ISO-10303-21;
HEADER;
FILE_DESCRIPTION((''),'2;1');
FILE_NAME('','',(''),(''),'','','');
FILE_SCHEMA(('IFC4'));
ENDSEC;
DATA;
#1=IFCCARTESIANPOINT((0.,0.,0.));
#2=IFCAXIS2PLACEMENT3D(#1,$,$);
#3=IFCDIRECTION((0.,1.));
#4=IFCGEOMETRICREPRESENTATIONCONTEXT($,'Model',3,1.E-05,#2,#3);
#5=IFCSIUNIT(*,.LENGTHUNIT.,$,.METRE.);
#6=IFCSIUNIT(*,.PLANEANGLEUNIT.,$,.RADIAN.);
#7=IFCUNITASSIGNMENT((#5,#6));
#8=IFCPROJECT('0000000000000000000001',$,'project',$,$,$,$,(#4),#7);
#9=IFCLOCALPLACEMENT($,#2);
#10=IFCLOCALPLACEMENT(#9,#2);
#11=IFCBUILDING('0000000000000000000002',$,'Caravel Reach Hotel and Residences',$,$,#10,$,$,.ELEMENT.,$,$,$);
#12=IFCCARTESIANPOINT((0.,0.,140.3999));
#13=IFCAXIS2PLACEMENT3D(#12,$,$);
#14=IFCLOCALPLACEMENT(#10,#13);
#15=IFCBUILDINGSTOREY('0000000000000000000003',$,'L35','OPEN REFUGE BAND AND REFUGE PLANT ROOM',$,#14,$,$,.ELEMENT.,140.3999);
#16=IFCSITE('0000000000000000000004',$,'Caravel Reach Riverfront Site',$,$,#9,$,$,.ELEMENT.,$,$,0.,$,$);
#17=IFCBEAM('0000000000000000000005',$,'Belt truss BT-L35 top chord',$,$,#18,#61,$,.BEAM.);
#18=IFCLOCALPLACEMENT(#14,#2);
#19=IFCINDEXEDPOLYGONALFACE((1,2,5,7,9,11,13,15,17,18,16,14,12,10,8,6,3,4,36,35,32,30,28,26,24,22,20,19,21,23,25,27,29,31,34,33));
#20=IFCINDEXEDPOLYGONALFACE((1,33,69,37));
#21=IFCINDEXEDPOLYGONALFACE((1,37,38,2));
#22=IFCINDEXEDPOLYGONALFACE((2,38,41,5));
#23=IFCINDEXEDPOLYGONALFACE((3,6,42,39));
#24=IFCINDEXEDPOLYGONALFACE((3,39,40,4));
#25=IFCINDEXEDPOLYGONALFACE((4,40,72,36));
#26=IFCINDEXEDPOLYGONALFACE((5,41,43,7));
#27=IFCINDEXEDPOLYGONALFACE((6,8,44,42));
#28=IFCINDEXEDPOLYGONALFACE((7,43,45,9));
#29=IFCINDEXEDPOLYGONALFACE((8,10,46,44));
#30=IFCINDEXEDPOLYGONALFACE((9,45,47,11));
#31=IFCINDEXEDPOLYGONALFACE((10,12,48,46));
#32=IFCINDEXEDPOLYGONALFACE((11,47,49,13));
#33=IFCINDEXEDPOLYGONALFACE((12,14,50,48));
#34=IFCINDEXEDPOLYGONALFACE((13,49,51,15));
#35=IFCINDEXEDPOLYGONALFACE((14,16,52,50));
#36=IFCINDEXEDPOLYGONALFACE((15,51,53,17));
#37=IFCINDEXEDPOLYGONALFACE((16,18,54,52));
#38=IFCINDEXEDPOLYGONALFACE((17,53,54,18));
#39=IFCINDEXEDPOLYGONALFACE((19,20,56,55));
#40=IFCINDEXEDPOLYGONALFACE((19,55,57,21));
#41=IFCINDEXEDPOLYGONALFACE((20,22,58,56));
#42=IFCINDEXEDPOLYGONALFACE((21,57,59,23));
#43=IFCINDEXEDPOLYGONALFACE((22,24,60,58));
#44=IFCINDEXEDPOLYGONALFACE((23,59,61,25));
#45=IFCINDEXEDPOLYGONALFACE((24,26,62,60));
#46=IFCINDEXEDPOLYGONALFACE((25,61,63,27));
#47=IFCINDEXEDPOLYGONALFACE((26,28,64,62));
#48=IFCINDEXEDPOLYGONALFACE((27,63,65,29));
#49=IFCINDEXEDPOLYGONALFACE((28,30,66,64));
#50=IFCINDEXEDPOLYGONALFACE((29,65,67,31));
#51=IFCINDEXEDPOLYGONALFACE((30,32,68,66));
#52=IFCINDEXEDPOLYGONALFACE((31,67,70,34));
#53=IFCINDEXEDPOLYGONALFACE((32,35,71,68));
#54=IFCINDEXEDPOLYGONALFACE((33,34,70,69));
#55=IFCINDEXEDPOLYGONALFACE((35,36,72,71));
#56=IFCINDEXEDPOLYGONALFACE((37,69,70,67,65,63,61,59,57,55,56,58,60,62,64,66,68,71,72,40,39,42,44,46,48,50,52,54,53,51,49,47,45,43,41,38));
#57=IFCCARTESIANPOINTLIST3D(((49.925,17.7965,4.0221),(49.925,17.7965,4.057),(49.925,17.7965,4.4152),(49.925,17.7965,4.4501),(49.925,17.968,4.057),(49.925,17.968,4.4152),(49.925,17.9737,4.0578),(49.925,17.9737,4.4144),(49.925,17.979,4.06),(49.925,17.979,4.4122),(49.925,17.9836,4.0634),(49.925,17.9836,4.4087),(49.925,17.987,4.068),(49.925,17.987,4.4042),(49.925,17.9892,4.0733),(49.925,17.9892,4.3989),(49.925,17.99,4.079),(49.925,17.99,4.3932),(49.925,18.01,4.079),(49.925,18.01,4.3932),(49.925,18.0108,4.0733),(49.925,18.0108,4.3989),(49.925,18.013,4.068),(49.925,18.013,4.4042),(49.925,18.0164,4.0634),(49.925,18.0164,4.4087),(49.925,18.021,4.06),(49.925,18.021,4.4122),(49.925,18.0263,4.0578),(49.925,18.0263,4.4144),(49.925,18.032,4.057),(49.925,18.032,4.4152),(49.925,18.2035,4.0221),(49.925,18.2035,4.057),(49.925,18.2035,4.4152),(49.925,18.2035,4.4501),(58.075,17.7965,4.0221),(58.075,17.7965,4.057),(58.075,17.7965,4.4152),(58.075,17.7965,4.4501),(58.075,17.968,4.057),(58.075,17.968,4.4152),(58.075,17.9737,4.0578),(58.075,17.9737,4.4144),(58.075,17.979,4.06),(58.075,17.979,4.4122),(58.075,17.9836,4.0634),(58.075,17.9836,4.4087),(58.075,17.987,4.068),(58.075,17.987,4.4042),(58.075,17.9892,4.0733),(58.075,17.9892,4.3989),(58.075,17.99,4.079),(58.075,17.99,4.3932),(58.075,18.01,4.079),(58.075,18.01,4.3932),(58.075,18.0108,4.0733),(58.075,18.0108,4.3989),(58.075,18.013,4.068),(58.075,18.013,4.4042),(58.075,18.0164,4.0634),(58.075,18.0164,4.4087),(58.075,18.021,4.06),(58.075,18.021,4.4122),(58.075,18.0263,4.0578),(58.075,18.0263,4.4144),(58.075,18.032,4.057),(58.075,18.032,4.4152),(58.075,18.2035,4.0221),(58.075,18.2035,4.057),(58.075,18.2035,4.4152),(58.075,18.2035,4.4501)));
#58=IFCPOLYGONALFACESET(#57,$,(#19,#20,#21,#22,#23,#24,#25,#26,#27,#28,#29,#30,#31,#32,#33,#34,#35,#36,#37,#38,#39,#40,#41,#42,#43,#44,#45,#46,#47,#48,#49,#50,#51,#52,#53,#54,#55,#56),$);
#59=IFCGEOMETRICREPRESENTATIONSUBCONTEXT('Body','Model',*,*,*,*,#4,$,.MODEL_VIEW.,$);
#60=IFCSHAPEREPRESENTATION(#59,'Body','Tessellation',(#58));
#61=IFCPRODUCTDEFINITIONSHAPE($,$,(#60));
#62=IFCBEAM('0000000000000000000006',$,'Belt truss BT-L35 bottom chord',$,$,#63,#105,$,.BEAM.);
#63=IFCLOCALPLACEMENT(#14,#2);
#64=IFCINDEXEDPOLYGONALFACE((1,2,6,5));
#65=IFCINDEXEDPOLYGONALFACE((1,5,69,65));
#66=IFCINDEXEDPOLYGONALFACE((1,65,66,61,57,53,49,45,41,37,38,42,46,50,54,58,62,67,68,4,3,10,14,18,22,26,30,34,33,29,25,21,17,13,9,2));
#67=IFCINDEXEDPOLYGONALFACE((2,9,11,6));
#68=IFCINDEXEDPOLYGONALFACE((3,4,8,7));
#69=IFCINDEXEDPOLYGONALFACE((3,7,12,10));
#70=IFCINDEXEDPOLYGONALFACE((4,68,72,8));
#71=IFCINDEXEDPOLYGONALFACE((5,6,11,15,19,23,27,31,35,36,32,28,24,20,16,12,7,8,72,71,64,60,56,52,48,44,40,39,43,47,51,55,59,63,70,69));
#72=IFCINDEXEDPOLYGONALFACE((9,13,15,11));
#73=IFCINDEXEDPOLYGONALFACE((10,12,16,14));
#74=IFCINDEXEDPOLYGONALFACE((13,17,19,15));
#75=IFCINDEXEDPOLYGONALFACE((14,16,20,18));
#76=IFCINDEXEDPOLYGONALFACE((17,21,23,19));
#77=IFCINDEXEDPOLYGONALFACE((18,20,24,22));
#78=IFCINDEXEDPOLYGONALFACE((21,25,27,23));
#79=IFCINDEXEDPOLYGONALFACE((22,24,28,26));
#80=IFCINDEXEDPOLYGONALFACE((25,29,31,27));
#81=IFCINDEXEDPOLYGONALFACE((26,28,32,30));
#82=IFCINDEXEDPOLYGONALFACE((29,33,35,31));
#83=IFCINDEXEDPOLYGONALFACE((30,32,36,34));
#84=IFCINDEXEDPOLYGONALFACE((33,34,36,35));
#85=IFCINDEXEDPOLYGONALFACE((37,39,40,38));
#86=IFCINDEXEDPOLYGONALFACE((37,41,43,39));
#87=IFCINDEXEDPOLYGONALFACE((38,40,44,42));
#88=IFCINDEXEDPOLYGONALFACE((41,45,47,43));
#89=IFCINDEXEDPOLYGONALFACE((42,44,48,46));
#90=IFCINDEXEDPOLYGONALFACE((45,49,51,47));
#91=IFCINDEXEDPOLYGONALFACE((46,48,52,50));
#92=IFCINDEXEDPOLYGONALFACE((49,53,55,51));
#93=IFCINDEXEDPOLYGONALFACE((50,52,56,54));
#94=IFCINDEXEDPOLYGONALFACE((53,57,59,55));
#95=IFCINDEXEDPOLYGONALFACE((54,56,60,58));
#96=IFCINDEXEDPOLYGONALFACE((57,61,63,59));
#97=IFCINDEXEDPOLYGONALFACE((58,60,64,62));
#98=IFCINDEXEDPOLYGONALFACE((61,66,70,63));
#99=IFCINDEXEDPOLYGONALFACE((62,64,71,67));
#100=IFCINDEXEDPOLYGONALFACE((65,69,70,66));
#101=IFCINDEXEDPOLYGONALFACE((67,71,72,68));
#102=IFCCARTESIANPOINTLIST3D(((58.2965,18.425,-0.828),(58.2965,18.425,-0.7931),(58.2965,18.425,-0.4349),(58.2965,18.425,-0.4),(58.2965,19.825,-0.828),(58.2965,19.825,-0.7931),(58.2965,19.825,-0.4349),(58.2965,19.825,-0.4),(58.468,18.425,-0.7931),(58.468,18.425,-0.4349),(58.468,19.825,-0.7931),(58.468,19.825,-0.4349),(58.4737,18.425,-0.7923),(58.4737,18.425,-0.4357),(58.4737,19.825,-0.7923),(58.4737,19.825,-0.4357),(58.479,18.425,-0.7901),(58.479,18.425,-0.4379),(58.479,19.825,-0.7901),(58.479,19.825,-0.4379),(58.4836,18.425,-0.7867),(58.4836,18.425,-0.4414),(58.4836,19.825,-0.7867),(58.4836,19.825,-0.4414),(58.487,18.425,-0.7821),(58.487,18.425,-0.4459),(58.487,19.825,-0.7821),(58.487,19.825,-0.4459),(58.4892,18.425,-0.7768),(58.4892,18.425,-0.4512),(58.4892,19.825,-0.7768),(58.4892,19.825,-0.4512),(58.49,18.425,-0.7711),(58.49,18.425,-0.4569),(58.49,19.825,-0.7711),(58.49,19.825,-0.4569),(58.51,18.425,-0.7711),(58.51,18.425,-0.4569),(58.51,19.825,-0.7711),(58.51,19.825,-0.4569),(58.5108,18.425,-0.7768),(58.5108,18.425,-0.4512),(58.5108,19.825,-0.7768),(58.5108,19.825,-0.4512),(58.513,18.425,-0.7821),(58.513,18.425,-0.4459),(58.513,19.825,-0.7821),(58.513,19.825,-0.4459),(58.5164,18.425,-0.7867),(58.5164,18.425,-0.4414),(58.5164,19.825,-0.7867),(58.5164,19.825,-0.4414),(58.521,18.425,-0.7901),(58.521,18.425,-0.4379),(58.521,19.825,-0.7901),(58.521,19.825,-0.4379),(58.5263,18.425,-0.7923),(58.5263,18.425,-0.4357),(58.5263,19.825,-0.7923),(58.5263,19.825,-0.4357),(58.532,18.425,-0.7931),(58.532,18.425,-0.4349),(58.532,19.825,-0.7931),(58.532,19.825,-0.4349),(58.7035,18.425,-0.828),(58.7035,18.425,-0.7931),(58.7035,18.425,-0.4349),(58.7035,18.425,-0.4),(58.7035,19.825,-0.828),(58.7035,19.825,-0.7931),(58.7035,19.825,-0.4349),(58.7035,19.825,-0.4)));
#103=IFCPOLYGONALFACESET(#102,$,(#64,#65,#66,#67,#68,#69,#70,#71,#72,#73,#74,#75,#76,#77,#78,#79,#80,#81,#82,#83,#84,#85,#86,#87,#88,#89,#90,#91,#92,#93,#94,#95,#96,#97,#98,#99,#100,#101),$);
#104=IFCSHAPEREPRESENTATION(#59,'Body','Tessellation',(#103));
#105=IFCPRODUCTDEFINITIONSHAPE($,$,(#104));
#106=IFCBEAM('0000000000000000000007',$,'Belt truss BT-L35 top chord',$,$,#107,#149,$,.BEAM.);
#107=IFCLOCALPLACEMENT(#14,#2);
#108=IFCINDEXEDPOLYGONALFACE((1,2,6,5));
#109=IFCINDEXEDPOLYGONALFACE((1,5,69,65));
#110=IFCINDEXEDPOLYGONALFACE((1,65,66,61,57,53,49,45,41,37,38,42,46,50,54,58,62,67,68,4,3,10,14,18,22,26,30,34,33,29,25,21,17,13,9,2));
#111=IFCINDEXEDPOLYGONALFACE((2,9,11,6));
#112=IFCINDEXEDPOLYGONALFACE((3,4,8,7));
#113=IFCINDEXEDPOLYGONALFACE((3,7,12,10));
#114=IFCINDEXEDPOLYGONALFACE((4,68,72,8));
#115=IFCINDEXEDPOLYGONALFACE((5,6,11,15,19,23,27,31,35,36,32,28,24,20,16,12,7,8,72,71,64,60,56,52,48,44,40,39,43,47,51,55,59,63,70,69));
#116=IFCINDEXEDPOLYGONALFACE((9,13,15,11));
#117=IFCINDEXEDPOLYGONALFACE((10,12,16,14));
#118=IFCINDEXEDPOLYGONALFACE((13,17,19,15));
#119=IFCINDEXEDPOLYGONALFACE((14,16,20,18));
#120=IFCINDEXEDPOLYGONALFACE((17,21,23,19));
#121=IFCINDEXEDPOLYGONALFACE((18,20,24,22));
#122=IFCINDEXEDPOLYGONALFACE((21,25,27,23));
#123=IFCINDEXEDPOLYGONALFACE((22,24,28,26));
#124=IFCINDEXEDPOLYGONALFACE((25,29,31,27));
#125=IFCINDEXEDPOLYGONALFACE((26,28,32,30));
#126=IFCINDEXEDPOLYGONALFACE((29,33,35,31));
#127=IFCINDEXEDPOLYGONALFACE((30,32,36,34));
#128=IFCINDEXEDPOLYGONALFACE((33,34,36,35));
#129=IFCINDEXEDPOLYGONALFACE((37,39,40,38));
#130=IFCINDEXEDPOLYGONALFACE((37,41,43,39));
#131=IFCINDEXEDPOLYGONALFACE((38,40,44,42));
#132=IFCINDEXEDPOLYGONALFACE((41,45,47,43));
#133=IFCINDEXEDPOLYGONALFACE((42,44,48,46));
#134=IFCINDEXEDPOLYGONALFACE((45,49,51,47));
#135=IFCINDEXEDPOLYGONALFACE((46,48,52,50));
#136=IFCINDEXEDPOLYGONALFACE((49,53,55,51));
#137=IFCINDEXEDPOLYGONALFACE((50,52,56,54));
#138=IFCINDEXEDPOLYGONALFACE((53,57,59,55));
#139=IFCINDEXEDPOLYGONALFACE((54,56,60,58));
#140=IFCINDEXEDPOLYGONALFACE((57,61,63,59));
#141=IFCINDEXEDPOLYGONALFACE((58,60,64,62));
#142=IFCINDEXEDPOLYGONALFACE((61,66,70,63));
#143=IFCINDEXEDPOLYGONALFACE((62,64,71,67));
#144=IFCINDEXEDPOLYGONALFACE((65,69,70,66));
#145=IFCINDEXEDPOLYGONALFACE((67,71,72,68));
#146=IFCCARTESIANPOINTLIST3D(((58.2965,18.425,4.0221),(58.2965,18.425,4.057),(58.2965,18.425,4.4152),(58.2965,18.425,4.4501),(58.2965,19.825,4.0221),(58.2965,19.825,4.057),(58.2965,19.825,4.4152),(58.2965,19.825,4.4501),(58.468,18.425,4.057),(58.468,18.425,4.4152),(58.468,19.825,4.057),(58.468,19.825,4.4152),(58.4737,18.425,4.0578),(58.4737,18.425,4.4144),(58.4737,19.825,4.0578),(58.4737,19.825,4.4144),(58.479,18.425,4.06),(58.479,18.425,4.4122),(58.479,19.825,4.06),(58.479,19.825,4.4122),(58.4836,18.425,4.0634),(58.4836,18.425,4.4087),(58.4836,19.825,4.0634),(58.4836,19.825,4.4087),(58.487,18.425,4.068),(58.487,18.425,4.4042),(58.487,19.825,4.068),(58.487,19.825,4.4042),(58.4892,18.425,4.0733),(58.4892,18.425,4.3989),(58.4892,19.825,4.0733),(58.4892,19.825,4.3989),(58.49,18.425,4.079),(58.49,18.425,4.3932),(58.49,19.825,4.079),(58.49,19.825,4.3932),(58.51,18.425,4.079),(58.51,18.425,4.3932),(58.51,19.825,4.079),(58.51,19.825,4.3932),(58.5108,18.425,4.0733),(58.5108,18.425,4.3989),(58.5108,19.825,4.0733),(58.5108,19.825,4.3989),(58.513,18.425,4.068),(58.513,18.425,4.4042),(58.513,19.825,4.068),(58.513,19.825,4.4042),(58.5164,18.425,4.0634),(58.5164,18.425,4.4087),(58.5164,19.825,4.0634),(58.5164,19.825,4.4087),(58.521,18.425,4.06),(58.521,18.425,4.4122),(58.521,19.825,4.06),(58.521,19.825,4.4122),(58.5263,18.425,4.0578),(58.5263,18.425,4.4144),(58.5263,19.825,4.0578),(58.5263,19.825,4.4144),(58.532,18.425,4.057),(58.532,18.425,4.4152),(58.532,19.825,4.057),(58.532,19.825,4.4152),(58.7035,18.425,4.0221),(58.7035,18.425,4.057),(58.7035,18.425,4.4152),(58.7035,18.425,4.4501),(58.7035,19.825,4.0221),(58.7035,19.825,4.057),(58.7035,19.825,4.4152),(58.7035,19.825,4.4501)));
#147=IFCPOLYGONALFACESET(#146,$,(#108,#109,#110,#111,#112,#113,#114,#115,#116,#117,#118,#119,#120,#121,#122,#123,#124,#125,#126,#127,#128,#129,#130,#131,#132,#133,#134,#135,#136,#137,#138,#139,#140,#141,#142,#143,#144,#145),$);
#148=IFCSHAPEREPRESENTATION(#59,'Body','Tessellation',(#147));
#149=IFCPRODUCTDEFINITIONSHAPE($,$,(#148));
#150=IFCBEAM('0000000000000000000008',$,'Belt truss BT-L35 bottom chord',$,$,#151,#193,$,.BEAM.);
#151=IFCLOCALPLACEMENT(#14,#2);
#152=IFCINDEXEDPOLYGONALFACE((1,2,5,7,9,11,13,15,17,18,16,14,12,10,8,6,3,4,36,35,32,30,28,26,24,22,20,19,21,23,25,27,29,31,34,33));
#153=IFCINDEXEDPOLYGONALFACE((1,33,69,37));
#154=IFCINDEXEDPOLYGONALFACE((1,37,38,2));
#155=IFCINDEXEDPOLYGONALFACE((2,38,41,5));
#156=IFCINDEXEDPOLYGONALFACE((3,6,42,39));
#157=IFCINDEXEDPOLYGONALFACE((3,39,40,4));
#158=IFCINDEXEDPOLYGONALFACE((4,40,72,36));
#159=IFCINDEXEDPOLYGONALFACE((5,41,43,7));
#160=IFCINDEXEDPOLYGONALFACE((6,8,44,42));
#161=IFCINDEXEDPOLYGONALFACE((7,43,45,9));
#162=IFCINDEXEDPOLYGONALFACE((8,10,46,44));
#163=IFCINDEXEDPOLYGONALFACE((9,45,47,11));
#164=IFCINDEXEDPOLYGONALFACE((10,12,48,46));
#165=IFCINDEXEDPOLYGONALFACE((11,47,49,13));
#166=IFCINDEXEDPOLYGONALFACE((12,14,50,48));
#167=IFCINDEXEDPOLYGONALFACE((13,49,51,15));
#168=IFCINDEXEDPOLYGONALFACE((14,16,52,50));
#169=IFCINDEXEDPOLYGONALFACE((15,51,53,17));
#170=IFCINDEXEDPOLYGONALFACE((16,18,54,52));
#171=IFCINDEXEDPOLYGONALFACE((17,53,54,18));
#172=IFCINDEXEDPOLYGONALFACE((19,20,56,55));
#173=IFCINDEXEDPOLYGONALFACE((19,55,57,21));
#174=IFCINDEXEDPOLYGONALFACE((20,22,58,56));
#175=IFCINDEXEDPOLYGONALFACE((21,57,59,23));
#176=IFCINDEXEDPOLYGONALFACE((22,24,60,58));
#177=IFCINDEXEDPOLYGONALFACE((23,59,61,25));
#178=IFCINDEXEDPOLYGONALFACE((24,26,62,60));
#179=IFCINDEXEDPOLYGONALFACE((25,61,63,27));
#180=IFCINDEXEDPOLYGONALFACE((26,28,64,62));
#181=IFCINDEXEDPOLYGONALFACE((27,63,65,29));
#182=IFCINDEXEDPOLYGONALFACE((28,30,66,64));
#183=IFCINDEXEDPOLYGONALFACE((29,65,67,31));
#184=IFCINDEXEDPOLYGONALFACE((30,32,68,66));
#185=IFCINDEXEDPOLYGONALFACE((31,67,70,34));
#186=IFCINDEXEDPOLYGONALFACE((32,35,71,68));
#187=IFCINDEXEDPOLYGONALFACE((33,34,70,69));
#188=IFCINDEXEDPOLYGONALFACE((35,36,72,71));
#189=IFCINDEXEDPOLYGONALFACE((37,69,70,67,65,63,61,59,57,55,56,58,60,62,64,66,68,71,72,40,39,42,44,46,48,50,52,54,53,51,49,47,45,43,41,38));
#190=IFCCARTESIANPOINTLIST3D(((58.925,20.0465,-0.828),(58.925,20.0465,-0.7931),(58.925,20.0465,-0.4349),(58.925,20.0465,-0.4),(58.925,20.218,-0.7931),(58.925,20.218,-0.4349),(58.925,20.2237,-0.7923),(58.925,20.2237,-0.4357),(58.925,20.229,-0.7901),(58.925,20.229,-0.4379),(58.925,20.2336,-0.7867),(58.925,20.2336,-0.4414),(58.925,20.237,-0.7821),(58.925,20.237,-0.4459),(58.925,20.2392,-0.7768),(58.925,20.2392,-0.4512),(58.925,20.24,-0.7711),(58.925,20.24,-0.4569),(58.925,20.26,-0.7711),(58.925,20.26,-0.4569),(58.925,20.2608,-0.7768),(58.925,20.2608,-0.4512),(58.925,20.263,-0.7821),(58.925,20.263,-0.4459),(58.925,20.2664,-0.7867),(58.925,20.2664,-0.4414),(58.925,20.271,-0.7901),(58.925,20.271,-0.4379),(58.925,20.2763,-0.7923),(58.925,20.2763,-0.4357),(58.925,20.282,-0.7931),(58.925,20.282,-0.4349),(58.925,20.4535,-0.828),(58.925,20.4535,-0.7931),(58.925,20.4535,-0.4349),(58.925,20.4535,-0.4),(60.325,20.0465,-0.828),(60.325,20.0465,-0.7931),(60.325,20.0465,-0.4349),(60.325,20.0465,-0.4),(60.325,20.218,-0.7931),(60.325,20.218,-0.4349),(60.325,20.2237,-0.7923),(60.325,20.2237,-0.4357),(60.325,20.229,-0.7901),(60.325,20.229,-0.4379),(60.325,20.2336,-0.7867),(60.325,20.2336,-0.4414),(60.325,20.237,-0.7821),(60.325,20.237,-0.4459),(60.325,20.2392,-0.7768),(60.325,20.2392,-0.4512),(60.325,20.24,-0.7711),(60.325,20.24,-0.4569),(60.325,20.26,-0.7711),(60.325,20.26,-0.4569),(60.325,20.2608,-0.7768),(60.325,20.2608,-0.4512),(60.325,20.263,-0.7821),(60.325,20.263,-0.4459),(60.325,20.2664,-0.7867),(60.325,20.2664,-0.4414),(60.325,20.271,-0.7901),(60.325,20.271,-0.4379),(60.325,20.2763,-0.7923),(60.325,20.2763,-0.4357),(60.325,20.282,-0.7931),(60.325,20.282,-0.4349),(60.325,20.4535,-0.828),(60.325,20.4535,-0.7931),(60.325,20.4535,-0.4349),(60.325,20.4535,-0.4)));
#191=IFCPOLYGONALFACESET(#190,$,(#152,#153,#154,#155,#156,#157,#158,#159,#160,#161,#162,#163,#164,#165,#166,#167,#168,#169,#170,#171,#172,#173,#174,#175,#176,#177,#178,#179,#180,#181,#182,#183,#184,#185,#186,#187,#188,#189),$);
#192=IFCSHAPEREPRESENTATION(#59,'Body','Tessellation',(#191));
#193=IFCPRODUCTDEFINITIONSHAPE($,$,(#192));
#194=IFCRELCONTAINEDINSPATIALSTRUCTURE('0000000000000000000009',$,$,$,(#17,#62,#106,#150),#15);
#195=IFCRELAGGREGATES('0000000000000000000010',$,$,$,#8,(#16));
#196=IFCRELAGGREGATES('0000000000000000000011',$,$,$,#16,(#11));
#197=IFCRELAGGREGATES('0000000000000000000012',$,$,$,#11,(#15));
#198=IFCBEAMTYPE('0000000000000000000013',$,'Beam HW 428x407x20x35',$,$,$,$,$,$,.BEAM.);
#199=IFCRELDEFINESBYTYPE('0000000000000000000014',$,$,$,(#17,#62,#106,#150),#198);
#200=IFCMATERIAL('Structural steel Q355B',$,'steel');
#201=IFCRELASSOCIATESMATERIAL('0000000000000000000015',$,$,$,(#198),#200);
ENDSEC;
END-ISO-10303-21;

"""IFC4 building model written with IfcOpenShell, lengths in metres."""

from ifc_helpers import new_model, si_unit, direction, frame, origin, origin_2d, place, context, subcontext, project, spatial, i_section, extrude, material, material_profile, profile_set, type_object, element, save


model = new_model("IFC4")

# Units and contexts
model_context = context("Model", 3, precision=1e-05, world=origin(), true_north=direction((0.0, 1.0)))
body_context = subcontext(model_context, "Body", "Model", "MODEL_VIEW")
ifc_project = project(units=[si_unit("LENGTHUNIT", "METRE"), si_unit("PLANEANGLEUNIT", "RADIAN")], contexts=[model_context])

# Site, building, storey
site_placement = place(None, origin())
site = spatial("IfcSite", under=ifc_project, at=site_placement, Name="Caravel Reach Riverfront Site", CompositionType="ELEMENT", RefElevation=0.0)
building_placement = place(site_placement, origin())
building = spatial("IfcBuilding", under=site, at=building_placement, Name="Caravel Reach Hotel and Residences", CompositionType="ELEMENT")
storey_placement = place(building_placement, frame((0.0, 0.0, 140.3999)))
storey = spatial("IfcBuildingStorey", under=building, at=storey_placement, Name="L35", Description="OPEN REFUGE BAND AND REFUGE PLANT ROOM", CompositionType="ELEMENT", Elevation=140.3999)

# Beams
ifc_material_1 = material(Name="Structural steel Q355B", Category="steel")
ifc_material_profile_1 = material_profile(ifc_material_1, i_section(OverallWidth=0.407, OverallDepth=0.428, WebThickness=0.02, FlangeThickness=0.0349, FilletRadius=0.022, at=origin_2d()), Name="HW 428x407x20x35")
ifc_profile_set_1 = profile_set([ifc_material_profile_1], Name="Structural steel Q355B")
beam_type_1 = type_object("IfcBeamType", Name="Beam HW 428x407x20x35", PredefinedType="BEAM", material=ifc_profile_set_1)
for number, where, z_axis, x_axis, name in (
    (1, (49.925, 18.0, 4.2361), (1.0, 0.0, 0.0), (0.0, 1.0, 0.0), "Belt truss BT-L35 top chord"),
):
    element("IfcBeam", number, at=place(storey_placement, frame(where, z_axis=z_axis, x_axis=x_axis)), inside=storey, type_object=beam_type_1, Name=name, PredefinedType="BEAM", context=body_context, shape_type="SweptSolid", body=[
        extrude(i_section(OverallWidth=0.407, OverallDepth=0.428, WebThickness=0.02, FlangeThickness=0.0349, FilletRadius=0.022, at=origin_2d()), origin(), (0.0, 0.0, 1.0), 8.1499),
    ])
for number, where, z_axis, x_axis, name in (
    (2, (58.5, 18.425, -0.614), (0.0, 1.0, 0.0), (-1.0, 0.0, 0.0), "Belt truss BT-L35 bottom chord"),
    (3, (58.5, 18.425, 4.2361), (0.0, 1.0, 0.0), (-1.0, 0.0, 0.0), "Belt truss BT-L35 top chord"),
    (4, (58.925, 20.25, -0.614), (1.0, 0.0, 0.0), (0.0, 1.0, 0.0), "Belt truss BT-L35 bottom chord"),
):
    element("IfcBeam", number, at=place(storey_placement, frame(where, z_axis=z_axis, x_axis=x_axis)), inside=storey, type_object=beam_type_1, Name=name, PredefinedType="BEAM", context=body_context, shape_type="SweptSolid", body=[
        extrude(i_section(OverallWidth=0.407, OverallDepth=0.428, WebThickness=0.02, FlangeThickness=0.0349, FilletRadius=0.022, at=origin_2d()), origin(), (0.0, 0.0, 1.0), 1.3999),
    ])

save(model, "model.ifc")
